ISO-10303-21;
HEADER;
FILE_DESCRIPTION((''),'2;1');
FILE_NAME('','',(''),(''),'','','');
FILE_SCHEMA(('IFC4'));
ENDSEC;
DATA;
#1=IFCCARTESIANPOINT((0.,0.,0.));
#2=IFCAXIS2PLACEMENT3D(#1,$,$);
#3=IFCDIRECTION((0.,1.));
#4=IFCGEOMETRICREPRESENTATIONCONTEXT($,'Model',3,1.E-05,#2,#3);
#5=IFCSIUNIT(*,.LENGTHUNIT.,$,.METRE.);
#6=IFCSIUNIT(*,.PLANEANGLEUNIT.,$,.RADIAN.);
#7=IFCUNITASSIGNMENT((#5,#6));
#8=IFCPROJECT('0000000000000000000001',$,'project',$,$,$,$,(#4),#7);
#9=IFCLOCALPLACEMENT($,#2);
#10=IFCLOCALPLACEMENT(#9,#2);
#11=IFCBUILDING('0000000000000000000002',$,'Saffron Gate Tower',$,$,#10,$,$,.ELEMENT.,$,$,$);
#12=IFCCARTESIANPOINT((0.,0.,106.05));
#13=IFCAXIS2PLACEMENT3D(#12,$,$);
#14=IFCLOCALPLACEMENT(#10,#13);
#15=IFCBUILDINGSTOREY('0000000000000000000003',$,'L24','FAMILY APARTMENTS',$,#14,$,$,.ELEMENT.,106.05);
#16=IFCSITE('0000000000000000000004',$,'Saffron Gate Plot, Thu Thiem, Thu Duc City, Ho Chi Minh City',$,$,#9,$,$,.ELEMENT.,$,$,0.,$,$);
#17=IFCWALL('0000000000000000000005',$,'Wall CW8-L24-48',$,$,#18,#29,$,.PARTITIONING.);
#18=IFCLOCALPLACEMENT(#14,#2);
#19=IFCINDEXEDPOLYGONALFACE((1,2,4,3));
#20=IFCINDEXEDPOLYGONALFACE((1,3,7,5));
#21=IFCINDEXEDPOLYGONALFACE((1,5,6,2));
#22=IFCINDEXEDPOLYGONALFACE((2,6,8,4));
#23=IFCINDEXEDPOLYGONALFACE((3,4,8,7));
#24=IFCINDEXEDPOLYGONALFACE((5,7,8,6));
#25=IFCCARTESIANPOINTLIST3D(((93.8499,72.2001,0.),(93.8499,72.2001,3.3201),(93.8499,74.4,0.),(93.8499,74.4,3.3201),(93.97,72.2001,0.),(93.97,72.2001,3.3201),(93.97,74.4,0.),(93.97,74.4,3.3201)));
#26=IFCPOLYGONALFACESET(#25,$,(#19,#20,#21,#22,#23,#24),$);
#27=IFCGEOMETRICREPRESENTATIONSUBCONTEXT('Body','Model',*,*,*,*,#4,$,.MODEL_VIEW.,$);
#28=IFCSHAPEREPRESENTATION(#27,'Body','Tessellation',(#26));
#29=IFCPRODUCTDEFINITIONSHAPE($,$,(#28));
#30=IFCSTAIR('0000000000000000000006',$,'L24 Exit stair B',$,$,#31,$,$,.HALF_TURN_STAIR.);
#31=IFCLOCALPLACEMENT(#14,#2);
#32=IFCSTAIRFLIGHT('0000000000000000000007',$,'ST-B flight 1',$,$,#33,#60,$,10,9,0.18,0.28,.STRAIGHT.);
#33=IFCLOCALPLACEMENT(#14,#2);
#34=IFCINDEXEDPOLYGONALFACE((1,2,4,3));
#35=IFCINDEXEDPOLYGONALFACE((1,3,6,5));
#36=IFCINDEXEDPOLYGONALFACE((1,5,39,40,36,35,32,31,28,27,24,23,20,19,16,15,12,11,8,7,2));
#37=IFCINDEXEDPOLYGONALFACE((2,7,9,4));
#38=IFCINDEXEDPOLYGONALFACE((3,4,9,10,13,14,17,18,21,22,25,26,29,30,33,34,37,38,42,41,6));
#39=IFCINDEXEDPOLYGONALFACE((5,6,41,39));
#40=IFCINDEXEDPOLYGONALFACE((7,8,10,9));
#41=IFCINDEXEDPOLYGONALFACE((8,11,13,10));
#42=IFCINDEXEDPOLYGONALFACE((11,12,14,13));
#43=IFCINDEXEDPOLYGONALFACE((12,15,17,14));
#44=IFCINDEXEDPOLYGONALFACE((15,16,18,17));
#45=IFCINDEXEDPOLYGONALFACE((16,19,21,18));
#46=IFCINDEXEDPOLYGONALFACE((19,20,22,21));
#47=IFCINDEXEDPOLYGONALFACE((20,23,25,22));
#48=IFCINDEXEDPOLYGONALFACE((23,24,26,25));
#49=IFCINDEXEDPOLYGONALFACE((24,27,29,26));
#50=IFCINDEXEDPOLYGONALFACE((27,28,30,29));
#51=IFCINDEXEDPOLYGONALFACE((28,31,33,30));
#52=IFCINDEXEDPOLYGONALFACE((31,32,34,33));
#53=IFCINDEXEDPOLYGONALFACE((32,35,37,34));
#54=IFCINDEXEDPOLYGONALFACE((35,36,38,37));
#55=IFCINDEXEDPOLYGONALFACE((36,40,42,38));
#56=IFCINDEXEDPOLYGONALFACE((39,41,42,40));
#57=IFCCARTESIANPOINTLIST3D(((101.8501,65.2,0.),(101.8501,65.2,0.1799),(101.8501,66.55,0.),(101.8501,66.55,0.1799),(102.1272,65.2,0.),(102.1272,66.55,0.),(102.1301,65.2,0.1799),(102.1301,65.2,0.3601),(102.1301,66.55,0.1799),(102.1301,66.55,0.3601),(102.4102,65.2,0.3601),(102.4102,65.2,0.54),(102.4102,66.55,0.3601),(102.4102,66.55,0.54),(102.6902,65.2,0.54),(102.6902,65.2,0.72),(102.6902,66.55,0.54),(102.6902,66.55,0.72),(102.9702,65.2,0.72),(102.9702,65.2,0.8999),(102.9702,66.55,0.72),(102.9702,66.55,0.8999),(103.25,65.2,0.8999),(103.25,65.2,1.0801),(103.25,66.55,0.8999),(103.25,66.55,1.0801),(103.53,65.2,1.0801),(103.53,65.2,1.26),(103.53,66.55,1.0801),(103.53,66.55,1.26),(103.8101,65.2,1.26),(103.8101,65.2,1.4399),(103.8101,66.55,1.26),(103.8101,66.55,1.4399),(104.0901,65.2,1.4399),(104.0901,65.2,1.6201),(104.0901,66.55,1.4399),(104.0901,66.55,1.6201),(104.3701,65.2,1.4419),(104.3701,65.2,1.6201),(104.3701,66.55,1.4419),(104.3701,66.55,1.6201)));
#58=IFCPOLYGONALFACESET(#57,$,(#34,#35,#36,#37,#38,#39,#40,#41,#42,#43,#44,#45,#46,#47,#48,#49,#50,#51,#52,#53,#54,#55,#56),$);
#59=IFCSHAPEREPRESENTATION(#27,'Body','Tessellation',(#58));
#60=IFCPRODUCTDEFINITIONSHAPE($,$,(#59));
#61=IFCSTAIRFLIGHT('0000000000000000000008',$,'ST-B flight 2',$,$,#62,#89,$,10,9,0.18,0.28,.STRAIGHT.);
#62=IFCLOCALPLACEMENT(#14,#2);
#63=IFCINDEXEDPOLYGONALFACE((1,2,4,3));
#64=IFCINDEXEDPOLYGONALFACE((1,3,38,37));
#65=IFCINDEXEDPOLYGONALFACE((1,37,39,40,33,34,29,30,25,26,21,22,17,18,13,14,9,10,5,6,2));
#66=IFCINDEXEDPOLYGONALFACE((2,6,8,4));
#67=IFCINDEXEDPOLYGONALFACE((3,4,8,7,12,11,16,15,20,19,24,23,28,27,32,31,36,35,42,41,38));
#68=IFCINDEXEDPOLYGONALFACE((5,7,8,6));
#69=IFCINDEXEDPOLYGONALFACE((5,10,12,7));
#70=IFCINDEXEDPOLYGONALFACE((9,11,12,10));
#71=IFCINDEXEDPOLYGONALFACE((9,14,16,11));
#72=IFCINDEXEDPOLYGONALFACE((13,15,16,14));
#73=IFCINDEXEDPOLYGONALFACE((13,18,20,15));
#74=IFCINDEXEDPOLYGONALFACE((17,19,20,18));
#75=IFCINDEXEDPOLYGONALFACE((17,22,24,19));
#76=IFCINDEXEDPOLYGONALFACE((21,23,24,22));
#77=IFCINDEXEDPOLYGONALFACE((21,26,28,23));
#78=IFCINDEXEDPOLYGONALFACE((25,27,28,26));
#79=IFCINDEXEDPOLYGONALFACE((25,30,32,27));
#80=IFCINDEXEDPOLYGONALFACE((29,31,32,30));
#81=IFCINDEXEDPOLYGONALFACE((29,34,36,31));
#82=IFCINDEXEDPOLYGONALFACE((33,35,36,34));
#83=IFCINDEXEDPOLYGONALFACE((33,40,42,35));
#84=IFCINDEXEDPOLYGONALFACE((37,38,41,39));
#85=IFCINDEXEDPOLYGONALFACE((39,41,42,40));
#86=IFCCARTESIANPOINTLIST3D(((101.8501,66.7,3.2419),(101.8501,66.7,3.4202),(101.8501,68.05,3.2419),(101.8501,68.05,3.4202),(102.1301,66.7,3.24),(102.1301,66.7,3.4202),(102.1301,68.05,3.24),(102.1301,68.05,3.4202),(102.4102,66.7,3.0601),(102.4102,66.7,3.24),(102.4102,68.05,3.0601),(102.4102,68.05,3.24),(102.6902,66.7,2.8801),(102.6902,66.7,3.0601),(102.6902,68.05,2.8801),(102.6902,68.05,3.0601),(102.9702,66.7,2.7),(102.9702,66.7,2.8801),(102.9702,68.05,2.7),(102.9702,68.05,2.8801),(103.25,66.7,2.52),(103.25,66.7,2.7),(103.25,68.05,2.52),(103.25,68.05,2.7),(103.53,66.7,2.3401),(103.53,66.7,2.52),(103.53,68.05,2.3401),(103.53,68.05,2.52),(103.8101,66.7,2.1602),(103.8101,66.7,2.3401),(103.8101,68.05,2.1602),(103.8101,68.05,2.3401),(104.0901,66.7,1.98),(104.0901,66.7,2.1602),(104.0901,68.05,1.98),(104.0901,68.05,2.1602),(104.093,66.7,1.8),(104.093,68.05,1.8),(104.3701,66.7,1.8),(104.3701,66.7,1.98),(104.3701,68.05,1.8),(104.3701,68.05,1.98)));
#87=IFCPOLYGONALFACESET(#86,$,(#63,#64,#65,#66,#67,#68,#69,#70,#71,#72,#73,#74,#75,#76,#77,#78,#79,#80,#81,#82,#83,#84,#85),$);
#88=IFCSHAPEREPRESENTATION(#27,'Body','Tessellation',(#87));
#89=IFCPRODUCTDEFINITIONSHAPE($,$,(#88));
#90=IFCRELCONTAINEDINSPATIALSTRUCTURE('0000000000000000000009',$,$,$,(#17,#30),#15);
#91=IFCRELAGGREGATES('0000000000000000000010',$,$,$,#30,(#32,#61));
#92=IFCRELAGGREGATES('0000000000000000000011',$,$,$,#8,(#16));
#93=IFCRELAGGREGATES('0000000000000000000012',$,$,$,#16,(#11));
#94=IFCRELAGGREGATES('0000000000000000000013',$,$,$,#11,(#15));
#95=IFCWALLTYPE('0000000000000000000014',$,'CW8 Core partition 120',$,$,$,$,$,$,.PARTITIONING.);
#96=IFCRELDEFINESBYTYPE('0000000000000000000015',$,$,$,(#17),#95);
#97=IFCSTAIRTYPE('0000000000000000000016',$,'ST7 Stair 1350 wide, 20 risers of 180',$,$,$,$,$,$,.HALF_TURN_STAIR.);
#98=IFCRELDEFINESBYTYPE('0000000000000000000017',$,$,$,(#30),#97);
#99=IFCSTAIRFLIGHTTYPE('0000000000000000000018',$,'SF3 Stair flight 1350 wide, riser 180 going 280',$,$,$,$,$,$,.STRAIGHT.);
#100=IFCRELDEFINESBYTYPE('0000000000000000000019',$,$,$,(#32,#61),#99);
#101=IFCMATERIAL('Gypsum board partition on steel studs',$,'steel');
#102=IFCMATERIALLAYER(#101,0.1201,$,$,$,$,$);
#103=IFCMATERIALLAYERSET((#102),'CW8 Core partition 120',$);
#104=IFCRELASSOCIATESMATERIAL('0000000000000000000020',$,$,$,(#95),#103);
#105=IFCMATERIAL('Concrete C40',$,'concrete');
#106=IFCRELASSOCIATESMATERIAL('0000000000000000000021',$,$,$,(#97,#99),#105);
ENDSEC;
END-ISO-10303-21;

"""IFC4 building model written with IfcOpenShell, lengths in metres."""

from ifc_helpers import new_model, si_unit, direction, frame, frame_2d, origin, place, context, subcontext, project, spatial, polyline, rectangle, outline, extrude, material, layer, layer_set, type_object, element, aggregate, save


model = new_model("IFC4")

# Units and contexts
model_context = context("Model", 3, precision=1e-05, world=origin(), true_north=direction((0.0, 1.0)))
body_context = subcontext(model_context, "Body", "Model", "MODEL_VIEW")
ifc_project = project(units=[si_unit("LENGTHUNIT", "METRE"), si_unit("PLANEANGLEUNIT", "RADIAN")], contexts=[model_context])

# Site, building, storey
site_placement = place(None, origin())
site = spatial("IfcSite", under=ifc_project, at=site_placement, Name="Saffron Gate Plot, Thu Thiem, Thu Duc City, Ho Chi Minh City", CompositionType="ELEMENT", RefElevation=0.0)
building_placement = place(site_placement, origin())
building = spatial("IfcBuilding", under=site, at=building_placement, Name="Saffron Gate Tower", CompositionType="ELEMENT")
storey_placement = place(building_placement, frame((0.0, 0.0, 106.05)))
storey = spatial("IfcBuildingStorey", under=building, at=storey_placement, Name="L24", Description="FAMILY APARTMENTS", CompositionType="ELEMENT", Elevation=106.05)

# Wall
ifc_material_1 = material(Name="Gypsum board partition on steel studs", Category="steel")
ifc_layer_1 = layer(ifc_material_1, 0.1201)
ifc_layer_set_1 = layer_set([ifc_layer_1], Name="CW8 Core partition 120")
wall_type_1 = type_object("IfcWallType", Name="CW8 Core partition 120", PredefinedType="PARTITIONING", material=ifc_layer_set_1)
wall_1_placement = place(storey_placement, frame((93.9099, 72.2, 0.0), z_axis=(0.0, 0.0, 1.0), x_axis=(0.0, 1.0, 0.0)))
element("IfcWall", 1, at=wall_1_placement, inside=storey, type_object=wall_type_1, Name="Wall CW8-L24-48", PredefinedType="PARTITIONING", context=body_context, shape_type="SweptSolid", body=[
    extrude(rectangle(XDim=2.2, YDim=0.1201, at=frame_2d((1.1001, 0.0))), origin(), (0.0, 0.0, 1.0), 3.3201),
])

# Stair, stair flights
ifc_material_2 = material(Name="Concrete C40", Category="concrete")
stair_type = type_object("IfcStairType", Name="ST7 Stair 1350 wide, 20 risers of 180", PredefinedType="HALF_TURN_STAIR", material=ifc_material_2)
stair_placement = place(storey_placement, origin())
stair = element("IfcStair", 2, at=stair_placement, inside=storey, type_object=stair_type, Name="L24 Exit stair B", PredefinedType="HALF_TURN_STAIR")
stair_flight_type = type_object("IfcStairFlightType", Name="SF3 Stair flight 1350 wide, riser 180 going 280", PredefinedType="STRAIGHT", material=ifc_material_2)
stair_flight_1_placement = place(storey_placement, frame((101.8501, 65.875, 0.0), z_axis=(0.0, 0.0, 1.0), x_axis=(1.0, 0.0, 0.0)))
stair_flight_1 = element("IfcStairFlight", 3, at=stair_flight_1_placement, type_object=stair_flight_type, Name="ST-B flight 1", NumberOfRisers=10, NumberOfTreads=9, PredefinedType="STRAIGHT", RiserHeight=0.18, TreadLength=0.28, context=body_context, shape_type="SweptSolid", body=[
    extrude(outline(polyline([(0.0, 0.0), (0.0, 0.1799), (0.28, 0.1799), (0.28, 0.3601), (0.5601, 0.3601), (0.5601, 0.54), (0.8401, 0.54), (0.8401, 0.72), (1.1201, 0.72), (1.1201, 0.8999), (1.3999, 0.8999), (1.3999, 1.0801), (1.6799, 1.0801), (1.6799, 1.26), (1.96, 1.26), (1.96, 1.4399), (2.24, 1.4399), (2.24, 1.6201), (2.52, 1.6201), (2.52, 1.8), (2.52, 1.4419), (0.2771, 0.0), (0.0, 0.0)])), frame((0.0, 0.675, 0.0), z_axis=(0.0, -1.0, 0.0), x_axis=(1.0, 0.0, 0.0)), (0.0, 0.0, 1.0), 1.3501),
])
stair_flight_2_placement = place(storey_placement, frame((104.3701, 67.375, 1.8), z_axis=(0.0, 0.0, 1.0), x_axis=(-1.0, 0.0, 0.0)))
stair_flight_2 = element("IfcStairFlight", 4, at=stair_flight_2_placement, type_object=stair_flight_type, Name="ST-B flight 2", NumberOfRisers=10, NumberOfTreads=9, PredefinedType="STRAIGHT", RiserHeight=0.18, TreadLength=0.28, context=body_context, shape_type="SweptSolid", body=[
    extrude(outline(polyline([(0.0, 0.0), (0.0, 0.1799), (0.28, 0.1799), (0.28, 0.3601), (0.5601, 0.3601), (0.5601, 0.54), (0.8401, 0.54), (0.8401, 0.72), (1.1201, 0.72), (1.1201, 0.8999), (1.3999, 0.8999), (1.3999, 1.0801), (1.6799, 1.0801), (1.6799, 1.26), (1.96, 1.26), (1.96, 1.4399), (2.24, 1.4399), (2.24, 1.6201), (2.52, 1.6201), (2.52, 1.8), (2.52, 1.4419), (0.2771, 0.0), (0.0, 0.0)])), frame((0.0, 0.675, 0.0), z_axis=(0.0, -1.0, 0.0), x_axis=(1.0, 0.0, 0.0)), (0.0, 0.0, 1.0), 1.3501),
])
aggregate(stair, [stair_flight_1, stair_flight_2])

save(model, "model.ifc")
